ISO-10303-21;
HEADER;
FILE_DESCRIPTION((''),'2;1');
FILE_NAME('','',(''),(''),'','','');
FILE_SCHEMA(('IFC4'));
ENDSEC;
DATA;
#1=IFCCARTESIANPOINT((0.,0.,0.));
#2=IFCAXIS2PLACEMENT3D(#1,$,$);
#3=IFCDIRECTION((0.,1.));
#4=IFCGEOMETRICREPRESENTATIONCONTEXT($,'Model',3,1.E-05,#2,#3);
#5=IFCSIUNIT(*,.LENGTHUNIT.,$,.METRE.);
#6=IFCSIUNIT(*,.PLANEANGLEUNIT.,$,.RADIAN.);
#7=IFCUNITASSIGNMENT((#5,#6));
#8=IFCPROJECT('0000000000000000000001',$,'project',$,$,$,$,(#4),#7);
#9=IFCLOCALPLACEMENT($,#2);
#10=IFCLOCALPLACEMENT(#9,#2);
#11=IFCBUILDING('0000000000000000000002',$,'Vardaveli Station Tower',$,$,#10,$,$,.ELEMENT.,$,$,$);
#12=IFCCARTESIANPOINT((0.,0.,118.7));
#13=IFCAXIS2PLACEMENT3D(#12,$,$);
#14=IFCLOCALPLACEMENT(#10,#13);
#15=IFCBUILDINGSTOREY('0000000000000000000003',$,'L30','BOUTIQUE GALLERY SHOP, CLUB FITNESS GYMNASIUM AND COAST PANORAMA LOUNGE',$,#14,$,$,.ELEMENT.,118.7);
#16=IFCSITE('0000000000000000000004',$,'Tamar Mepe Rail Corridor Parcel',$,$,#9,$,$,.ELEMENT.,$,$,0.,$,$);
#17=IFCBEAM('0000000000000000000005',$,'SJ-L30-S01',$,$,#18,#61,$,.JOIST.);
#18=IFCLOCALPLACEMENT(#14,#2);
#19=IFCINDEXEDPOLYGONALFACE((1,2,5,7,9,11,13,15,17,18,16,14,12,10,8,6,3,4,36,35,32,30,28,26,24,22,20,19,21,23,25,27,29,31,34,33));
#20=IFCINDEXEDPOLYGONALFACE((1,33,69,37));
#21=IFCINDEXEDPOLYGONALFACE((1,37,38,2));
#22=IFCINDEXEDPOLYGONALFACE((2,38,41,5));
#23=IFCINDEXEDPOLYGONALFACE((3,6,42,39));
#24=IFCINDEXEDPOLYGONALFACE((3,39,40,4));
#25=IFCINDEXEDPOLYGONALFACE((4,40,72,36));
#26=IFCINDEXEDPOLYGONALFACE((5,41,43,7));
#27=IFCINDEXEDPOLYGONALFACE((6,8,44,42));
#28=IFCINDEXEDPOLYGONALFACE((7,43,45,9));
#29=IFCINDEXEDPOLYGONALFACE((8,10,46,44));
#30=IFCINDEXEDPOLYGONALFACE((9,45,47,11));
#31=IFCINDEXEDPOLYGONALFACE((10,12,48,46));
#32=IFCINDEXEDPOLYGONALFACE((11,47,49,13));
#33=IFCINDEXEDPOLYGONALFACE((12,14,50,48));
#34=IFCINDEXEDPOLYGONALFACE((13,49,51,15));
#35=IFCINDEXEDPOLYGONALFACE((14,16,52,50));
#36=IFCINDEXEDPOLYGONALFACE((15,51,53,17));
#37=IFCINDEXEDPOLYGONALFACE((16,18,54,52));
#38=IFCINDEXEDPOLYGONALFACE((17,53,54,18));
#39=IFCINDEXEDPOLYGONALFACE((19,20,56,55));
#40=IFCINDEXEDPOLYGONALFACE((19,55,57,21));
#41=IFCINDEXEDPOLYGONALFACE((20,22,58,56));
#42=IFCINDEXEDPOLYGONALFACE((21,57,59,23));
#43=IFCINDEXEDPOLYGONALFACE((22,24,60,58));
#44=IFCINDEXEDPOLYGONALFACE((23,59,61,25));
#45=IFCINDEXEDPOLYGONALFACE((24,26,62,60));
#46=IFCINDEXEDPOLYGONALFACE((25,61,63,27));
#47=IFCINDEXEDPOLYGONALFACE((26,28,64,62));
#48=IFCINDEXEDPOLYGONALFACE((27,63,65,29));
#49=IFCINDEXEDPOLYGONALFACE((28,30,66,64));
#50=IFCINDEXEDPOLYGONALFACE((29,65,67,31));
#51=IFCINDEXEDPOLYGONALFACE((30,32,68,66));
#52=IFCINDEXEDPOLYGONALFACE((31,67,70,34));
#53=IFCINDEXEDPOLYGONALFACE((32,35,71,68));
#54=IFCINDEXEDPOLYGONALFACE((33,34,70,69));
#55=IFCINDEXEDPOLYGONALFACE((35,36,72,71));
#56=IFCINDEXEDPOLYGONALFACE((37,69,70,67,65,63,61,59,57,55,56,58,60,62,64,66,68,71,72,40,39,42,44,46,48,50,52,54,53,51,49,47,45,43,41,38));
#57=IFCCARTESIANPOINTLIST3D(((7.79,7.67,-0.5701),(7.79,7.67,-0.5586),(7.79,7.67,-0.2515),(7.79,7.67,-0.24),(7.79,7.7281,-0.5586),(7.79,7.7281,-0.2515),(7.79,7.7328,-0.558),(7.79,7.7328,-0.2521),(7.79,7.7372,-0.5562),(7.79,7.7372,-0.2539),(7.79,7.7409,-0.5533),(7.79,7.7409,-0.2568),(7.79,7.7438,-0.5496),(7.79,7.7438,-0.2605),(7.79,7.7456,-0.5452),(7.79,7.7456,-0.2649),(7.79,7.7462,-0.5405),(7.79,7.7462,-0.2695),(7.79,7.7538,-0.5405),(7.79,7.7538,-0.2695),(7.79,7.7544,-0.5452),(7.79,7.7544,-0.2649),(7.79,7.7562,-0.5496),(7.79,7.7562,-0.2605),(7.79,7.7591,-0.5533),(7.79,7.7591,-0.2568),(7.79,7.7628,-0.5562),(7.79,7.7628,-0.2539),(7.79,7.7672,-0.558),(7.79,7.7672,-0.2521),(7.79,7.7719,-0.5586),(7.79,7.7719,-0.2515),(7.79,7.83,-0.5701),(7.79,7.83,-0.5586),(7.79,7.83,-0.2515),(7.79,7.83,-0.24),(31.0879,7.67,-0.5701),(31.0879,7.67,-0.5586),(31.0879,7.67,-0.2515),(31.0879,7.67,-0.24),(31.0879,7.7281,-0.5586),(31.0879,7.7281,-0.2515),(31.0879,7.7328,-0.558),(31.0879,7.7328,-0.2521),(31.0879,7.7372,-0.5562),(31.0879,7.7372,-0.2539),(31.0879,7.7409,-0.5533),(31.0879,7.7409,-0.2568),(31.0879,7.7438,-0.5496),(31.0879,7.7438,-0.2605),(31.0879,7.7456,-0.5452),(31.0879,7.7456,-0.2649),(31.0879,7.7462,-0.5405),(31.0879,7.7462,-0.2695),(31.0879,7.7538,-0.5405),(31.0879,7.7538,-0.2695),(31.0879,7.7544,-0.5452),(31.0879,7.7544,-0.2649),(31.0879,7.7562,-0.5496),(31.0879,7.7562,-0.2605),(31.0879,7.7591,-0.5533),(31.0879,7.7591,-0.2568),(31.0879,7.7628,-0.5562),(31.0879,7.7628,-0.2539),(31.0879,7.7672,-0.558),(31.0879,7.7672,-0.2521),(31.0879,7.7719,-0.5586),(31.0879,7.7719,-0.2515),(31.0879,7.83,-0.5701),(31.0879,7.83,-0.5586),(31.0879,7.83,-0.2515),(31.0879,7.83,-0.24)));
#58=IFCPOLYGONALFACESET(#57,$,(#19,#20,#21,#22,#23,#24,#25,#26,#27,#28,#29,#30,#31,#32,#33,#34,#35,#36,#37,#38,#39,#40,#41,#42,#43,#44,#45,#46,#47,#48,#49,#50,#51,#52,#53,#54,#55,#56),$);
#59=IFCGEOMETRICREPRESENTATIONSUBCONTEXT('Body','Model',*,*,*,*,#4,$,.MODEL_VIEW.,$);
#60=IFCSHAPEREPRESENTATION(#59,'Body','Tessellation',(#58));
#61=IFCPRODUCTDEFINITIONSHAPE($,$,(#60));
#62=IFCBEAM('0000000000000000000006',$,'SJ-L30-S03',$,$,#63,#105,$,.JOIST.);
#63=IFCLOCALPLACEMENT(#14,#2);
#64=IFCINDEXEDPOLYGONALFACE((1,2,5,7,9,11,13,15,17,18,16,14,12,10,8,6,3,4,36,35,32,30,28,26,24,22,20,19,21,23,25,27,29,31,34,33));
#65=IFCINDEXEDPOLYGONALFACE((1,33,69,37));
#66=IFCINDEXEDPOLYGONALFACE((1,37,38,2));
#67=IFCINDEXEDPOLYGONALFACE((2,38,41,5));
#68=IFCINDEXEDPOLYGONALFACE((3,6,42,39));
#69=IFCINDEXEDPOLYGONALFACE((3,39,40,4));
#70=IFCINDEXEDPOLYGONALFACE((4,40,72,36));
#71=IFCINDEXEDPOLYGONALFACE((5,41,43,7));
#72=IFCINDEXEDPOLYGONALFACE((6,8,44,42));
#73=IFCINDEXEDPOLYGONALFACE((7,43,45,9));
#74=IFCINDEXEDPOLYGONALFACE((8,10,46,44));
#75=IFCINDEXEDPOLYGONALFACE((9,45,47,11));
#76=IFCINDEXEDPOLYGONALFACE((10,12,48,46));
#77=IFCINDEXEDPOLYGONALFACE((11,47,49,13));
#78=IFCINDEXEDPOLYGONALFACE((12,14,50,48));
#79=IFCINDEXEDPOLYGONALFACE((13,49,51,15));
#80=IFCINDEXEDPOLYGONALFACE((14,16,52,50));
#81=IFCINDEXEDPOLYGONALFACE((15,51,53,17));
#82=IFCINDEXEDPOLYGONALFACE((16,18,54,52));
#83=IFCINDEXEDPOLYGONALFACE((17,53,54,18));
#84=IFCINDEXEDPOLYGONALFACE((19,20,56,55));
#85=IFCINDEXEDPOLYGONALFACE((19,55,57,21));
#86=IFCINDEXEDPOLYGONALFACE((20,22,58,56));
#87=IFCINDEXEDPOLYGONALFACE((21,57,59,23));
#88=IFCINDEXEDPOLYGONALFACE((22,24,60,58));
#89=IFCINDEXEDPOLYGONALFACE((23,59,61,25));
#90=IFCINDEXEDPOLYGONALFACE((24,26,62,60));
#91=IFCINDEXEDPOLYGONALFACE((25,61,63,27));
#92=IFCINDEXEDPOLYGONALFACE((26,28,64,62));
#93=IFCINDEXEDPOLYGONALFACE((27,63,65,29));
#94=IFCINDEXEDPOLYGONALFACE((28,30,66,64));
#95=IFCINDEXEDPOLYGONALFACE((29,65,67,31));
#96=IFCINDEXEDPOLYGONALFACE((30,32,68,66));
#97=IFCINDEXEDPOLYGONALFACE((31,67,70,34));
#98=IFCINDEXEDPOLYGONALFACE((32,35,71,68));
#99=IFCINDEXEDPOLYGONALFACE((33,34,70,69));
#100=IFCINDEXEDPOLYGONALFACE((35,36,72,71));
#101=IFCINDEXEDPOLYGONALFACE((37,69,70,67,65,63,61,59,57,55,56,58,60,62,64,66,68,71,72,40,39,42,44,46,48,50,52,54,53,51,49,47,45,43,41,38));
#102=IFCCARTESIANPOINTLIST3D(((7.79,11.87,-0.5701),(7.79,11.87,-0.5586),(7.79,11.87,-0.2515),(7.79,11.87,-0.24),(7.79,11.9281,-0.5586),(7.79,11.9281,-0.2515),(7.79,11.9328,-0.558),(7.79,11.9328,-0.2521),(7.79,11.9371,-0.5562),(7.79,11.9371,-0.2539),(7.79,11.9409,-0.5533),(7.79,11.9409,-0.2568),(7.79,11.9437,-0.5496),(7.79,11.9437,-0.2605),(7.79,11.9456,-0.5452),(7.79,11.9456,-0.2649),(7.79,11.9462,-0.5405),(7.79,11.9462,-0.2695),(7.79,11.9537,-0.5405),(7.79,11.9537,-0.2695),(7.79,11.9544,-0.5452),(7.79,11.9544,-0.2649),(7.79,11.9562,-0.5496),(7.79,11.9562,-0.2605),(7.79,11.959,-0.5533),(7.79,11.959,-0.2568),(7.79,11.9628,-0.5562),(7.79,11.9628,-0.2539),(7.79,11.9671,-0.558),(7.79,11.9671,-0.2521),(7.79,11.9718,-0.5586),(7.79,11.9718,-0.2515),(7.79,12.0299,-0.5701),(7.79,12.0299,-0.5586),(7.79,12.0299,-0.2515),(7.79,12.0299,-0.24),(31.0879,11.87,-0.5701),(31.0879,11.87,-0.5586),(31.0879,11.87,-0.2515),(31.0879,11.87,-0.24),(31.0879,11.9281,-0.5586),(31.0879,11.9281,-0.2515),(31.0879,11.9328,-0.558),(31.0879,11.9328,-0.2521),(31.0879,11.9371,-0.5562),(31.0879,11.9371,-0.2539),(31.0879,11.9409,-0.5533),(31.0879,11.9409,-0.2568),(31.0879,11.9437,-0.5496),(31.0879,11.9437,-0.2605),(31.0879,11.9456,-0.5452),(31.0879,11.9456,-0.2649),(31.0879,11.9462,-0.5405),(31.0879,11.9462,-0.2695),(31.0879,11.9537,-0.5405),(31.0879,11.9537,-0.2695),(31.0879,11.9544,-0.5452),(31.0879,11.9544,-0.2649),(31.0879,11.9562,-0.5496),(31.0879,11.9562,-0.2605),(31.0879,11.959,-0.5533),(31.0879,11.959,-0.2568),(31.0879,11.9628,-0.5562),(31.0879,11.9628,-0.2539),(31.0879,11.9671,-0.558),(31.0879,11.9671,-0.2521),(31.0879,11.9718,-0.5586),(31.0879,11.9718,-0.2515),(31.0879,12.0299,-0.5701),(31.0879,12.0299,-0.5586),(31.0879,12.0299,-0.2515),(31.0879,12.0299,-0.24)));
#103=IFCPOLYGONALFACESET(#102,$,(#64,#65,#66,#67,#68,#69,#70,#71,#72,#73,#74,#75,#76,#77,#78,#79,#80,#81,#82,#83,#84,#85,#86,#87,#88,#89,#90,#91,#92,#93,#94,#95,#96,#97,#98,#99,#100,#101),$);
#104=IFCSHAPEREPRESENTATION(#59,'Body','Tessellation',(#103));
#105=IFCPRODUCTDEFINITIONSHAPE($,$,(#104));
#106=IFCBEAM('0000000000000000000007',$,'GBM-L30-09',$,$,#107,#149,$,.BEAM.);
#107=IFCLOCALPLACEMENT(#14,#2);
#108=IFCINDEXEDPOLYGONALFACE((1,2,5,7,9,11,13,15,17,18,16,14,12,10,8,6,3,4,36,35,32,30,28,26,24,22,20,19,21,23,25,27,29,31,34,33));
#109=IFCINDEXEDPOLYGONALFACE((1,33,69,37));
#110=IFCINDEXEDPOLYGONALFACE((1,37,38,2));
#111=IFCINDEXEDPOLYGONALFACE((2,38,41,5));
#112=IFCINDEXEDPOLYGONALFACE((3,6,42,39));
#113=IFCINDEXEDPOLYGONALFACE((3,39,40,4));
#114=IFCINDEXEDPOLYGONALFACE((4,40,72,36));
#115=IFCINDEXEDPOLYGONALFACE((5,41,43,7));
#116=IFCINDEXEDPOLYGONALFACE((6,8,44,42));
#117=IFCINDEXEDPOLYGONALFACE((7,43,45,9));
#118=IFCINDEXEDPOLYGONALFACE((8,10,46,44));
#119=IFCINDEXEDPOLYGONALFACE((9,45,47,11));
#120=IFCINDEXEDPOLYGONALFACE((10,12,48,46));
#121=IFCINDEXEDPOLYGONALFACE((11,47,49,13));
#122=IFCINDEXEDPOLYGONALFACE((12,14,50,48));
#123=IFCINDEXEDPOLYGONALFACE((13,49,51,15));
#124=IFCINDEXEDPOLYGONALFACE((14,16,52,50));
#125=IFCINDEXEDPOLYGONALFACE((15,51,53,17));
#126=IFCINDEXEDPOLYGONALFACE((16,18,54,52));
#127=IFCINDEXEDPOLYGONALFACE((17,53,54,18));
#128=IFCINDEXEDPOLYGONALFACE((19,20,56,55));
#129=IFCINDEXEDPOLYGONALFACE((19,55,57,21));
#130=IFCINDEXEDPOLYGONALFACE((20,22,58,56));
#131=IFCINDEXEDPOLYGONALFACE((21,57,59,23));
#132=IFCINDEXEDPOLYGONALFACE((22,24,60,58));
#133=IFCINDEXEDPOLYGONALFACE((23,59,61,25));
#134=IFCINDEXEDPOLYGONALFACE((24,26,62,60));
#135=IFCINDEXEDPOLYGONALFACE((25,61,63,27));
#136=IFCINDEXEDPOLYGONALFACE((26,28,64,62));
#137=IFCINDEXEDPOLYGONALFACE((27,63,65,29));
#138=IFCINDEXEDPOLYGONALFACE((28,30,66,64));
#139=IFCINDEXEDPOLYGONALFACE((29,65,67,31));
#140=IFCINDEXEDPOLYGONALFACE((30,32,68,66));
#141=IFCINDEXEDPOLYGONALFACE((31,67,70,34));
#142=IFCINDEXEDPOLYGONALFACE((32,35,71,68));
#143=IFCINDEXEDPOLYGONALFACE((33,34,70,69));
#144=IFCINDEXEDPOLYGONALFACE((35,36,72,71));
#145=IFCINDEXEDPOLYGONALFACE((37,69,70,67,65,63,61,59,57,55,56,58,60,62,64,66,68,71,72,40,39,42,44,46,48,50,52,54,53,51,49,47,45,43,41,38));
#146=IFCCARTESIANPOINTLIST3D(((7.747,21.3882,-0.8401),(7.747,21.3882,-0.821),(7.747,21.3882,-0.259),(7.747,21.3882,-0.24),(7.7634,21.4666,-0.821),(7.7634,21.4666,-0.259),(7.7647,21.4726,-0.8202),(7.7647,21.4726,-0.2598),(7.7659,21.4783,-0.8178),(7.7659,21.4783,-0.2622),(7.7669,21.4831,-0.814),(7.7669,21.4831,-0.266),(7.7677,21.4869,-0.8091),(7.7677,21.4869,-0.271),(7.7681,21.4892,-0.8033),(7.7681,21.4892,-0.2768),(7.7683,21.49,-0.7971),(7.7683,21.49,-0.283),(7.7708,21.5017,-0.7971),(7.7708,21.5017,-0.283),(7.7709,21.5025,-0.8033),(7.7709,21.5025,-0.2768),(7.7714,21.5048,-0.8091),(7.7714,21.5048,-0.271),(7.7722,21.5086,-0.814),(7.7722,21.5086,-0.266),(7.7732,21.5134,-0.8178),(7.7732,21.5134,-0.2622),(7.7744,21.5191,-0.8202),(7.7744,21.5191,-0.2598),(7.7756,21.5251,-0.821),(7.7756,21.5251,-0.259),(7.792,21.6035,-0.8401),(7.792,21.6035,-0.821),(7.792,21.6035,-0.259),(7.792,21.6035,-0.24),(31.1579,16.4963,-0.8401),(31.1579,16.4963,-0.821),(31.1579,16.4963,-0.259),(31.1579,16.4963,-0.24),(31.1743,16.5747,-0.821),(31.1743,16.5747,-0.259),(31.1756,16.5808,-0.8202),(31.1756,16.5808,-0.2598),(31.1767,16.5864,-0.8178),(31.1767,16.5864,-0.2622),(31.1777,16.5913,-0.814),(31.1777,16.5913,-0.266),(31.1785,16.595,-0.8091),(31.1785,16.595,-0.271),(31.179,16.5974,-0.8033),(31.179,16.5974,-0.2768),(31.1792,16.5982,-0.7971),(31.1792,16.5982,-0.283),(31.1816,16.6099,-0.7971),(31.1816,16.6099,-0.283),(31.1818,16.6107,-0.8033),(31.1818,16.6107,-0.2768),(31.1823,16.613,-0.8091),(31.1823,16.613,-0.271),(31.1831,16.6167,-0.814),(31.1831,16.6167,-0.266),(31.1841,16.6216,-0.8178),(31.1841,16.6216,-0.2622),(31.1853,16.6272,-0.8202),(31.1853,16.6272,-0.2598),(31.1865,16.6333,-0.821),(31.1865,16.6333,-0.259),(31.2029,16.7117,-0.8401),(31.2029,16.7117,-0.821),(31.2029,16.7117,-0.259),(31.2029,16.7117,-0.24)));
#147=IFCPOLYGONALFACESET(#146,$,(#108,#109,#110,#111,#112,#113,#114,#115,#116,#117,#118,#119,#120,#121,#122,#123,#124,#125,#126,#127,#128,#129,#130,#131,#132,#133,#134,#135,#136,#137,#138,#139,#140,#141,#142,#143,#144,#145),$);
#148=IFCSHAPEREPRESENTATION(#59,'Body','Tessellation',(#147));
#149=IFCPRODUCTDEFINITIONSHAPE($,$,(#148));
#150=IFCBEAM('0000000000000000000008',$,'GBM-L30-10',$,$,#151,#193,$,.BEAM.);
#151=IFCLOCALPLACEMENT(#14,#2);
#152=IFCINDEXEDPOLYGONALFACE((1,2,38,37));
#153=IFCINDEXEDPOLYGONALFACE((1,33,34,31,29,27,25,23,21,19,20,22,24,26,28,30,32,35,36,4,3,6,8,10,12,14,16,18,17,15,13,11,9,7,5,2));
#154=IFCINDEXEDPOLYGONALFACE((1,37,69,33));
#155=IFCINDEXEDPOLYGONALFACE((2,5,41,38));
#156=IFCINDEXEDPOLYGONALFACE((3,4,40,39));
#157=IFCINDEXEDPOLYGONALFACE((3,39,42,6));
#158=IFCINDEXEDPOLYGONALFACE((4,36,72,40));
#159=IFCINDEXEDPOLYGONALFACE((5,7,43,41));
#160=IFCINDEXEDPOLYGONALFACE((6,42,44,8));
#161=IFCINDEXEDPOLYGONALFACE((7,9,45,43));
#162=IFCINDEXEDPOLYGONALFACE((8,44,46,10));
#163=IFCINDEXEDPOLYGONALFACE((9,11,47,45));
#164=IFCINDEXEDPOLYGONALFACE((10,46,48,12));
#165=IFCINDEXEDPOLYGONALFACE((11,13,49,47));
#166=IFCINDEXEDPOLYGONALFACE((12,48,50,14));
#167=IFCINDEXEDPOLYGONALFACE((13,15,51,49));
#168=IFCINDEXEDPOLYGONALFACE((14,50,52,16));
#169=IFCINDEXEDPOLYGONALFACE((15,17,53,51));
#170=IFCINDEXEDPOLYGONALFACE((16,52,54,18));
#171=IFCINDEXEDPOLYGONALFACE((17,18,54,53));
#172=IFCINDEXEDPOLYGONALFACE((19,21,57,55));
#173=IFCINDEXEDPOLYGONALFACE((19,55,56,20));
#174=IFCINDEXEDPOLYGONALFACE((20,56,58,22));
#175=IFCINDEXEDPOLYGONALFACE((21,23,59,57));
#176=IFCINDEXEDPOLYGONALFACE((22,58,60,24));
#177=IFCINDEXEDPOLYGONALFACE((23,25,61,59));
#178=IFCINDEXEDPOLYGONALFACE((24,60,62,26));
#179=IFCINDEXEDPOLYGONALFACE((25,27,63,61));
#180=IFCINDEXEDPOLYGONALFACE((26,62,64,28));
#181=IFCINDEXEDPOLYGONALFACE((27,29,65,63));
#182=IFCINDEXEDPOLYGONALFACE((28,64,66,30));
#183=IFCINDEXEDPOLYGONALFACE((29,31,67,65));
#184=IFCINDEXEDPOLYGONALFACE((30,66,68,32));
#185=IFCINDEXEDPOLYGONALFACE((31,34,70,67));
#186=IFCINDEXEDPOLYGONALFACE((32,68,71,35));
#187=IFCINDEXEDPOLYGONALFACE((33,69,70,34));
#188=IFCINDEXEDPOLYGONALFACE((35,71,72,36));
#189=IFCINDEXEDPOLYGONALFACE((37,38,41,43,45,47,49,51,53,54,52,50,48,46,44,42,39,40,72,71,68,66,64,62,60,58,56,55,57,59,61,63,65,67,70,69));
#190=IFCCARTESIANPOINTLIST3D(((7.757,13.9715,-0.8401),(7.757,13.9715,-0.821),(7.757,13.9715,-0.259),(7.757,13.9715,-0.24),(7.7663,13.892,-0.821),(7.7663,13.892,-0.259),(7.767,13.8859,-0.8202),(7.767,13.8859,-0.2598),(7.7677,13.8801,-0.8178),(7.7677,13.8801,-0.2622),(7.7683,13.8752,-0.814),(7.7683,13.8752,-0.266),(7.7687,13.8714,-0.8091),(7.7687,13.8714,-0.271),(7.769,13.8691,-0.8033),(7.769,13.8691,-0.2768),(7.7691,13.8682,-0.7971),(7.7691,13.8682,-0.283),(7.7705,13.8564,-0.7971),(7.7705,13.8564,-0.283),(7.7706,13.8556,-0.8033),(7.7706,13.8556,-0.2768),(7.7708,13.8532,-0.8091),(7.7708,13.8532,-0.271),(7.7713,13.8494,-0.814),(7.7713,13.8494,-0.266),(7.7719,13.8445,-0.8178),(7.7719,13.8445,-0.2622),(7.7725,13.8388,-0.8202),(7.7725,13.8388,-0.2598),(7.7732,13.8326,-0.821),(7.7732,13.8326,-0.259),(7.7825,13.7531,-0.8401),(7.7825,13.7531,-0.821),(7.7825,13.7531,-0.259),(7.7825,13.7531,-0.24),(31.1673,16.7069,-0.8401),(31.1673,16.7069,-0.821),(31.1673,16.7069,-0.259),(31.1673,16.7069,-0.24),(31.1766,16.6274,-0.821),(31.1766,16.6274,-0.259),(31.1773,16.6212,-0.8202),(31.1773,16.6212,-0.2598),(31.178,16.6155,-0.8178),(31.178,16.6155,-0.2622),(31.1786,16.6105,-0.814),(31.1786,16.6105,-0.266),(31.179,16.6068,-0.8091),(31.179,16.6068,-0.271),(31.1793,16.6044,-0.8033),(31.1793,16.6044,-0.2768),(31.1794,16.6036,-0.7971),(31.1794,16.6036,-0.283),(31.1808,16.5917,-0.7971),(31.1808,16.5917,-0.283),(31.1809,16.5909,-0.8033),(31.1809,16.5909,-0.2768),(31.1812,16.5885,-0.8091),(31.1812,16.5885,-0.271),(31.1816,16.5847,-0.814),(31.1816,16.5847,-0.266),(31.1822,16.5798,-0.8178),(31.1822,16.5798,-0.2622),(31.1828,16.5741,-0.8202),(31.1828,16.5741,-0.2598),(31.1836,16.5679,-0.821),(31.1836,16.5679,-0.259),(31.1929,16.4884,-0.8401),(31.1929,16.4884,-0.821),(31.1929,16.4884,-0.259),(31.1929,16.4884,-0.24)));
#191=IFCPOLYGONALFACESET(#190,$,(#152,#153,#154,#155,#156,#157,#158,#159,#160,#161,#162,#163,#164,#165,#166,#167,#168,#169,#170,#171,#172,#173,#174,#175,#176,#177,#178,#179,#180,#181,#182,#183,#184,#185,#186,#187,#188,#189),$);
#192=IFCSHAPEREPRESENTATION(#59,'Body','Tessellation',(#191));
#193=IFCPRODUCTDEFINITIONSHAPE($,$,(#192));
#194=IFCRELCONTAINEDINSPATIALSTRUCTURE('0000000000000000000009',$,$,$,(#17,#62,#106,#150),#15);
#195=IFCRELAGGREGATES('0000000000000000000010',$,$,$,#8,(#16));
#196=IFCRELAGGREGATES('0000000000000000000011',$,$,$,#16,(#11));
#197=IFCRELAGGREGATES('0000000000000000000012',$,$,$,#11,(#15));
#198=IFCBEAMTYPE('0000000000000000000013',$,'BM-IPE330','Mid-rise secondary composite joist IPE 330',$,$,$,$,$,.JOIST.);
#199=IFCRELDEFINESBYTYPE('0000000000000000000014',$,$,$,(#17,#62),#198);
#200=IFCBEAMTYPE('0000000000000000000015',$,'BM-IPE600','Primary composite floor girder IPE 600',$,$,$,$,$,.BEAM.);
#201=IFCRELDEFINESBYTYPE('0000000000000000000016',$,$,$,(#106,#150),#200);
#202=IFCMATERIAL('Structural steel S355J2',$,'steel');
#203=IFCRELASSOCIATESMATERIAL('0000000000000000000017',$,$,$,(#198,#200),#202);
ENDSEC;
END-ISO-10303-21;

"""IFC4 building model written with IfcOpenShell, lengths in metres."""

from ifc_helpers import new_model, si_unit, direction, frame, origin, origin_2d, place, context, subcontext, project, spatial, i_section, extrude, source, transform, mapped, material, material_profile, profile_set, type_object, element, save


model = new_model("IFC4")

# Units and contexts
model_context = context("Model", 3, precision=1e-05, world=origin(), true_north=direction((0.0, 1.0)))
body_context = subcontext(model_context, "Body", "Model", "MODEL_VIEW")
ifc_project = project(units=[si_unit("LENGTHUNIT", "METRE"), si_unit("PLANEANGLEUNIT", "RADIAN")], contexts=[model_context])

# Site, building, storey
site_placement = place(None, origin())
site = spatial("IfcSite", under=ifc_project, at=site_placement, Name="Tamar Mepe Rail Corridor Parcel", CompositionType="ELEMENT", RefElevation=0.0)
building_placement = place(site_placement, origin())
building = spatial("IfcBuilding", under=site, at=building_placement, Name="Vardaveli Station Tower", CompositionType="ELEMENT")
storey_placement = place(building_placement, frame((0.0, 0.0, 118.7)))
storey = spatial("IfcBuildingStorey", under=building, at=storey_placement, Name="L30", Description="BOUTIQUE GALLERY SHOP, CLUB FITNESS GYMNASIUM AND COAST PANORAMA LOUNGE", CompositionType="ELEMENT", Elevation=118.7)

# Beams
ifc_material_1 = material(Name="Structural steel S355J2", Category="steel")
ifc_material_profile_1 = material_profile(ifc_material_1, i_section(OverallWidth=0.1599, OverallDepth=0.3301, WebThickness=0.0076, FlangeThickness=0.0115, FilletRadius=0.0181, at=origin_2d()), Name="IPE 330")
ifc_profile_set_1 = profile_set([ifc_material_profile_1], Name="Structural steel S355J2")
beam_type_1 = type_object("IfcBeamType", Name="BM-IPE330", Description="Mid-rise secondary composite joist IPE 330", PredefinedType="JOIST", material=ifc_profile_set_1)
shared_shape_1 = source(origin(), body_context, "Body", "SweptSolid", [
    extrude(i_section(OverallWidth=0.1599, OverallDepth=0.3301, WebThickness=0.0076, FlangeThickness=0.0115, FilletRadius=0.0181, at=origin_2d()), origin(), (0.0, 0.0, 1.0), 23.2979),
])
for number, where, z_axis, x_axis, name in (
    (1, (7.79, 7.75, -0.405), (1.0, 0.0, 0.0), (0.0, 1.0, 0.0), "SJ-L30-S01"),
    (2, (7.79, 11.95, -0.405), (1.0, 0.0, 0.0), (0.0, 1.0, 0.0), "SJ-L30-S03"),
):
    element("IfcBeam", number, at=place(storey_placement, frame(where, z_axis=z_axis, x_axis=x_axis)), inside=storey, type_object=beam_type_1, Name=name, PredefinedType="JOIST", context=body_context, shape_type="MappedRepresentation", body=[
        mapped(shared_shape_1, transform((0.0, 0.0, 0.0), scale=1.0)),
    ])
ifc_material_profile_2 = material_profile(ifc_material_1, i_section(OverallWidth=0.22, OverallDepth=0.6001, WebThickness=0.012, FlangeThickness=0.019, FilletRadius=0.0239, at=origin_2d()), Name="IPE 600")
ifc_profile_set_2 = profile_set([ifc_material_profile_2], Name="Structural steel S355J2")
beam_type_2 = type_object("IfcBeamType", Name="BM-IPE600", Description="Primary composite floor girder IPE 600", PredefinedType="BEAM", material=ifc_profile_set_2)
shared_shape_2 = source(origin(), body_context, "Body", "SweptSolid", [
    extrude(i_section(OverallWidth=0.22, OverallDepth=0.6001, WebThickness=0.012, FlangeThickness=0.019, FilletRadius=0.0239, at=origin_2d()), origin(), (0.0, 0.0, 1.0), 23.9165),
])
beam_1_placement = place(storey_placement, frame((7.7695, 21.4958, -0.54), z_axis=(0.978859, -0.204538, 0.0), x_axis=(0.204538, 0.978859, 0.0)))
element("IfcBeam", 3, at=beam_1_placement, inside=storey, type_object=beam_type_2, Name="GBM-L30-09", PredefinedType="BEAM", context=body_context, shape_type="MappedRepresentation", body=[
    mapped(shared_shape_2, transform((0.0, 0.0, 0.0), scale=1.0)),
])
shared_shape_3 = source(origin(), body_context, "Body", "SweptSolid", [
    extrude(i_section(OverallWidth=0.22, OverallDepth=0.6001, WebThickness=0.012, FlangeThickness=0.019, FilletRadius=0.0239, at=origin_2d()), origin(), (0.0, 0.0, 1.0), 23.5696),
])
beam_2_placement = place(storey_placement, frame((7.7698, 13.8623, -0.54), z_axis=(0.993243, 0.116054, 0.0), x_axis=(-0.116054, 0.993243, 0.0)))
element("IfcBeam", 4, at=beam_2_placement, inside=storey, type_object=beam_type_2, Name="GBM-L30-10", PredefinedType="BEAM", context=body_context, shape_type="MappedRepresentation", body=[
    mapped(shared_shape_3, transform((0.0, 0.0, 0.0), scale=1.0)),
])

save(model, "model.ifc")
